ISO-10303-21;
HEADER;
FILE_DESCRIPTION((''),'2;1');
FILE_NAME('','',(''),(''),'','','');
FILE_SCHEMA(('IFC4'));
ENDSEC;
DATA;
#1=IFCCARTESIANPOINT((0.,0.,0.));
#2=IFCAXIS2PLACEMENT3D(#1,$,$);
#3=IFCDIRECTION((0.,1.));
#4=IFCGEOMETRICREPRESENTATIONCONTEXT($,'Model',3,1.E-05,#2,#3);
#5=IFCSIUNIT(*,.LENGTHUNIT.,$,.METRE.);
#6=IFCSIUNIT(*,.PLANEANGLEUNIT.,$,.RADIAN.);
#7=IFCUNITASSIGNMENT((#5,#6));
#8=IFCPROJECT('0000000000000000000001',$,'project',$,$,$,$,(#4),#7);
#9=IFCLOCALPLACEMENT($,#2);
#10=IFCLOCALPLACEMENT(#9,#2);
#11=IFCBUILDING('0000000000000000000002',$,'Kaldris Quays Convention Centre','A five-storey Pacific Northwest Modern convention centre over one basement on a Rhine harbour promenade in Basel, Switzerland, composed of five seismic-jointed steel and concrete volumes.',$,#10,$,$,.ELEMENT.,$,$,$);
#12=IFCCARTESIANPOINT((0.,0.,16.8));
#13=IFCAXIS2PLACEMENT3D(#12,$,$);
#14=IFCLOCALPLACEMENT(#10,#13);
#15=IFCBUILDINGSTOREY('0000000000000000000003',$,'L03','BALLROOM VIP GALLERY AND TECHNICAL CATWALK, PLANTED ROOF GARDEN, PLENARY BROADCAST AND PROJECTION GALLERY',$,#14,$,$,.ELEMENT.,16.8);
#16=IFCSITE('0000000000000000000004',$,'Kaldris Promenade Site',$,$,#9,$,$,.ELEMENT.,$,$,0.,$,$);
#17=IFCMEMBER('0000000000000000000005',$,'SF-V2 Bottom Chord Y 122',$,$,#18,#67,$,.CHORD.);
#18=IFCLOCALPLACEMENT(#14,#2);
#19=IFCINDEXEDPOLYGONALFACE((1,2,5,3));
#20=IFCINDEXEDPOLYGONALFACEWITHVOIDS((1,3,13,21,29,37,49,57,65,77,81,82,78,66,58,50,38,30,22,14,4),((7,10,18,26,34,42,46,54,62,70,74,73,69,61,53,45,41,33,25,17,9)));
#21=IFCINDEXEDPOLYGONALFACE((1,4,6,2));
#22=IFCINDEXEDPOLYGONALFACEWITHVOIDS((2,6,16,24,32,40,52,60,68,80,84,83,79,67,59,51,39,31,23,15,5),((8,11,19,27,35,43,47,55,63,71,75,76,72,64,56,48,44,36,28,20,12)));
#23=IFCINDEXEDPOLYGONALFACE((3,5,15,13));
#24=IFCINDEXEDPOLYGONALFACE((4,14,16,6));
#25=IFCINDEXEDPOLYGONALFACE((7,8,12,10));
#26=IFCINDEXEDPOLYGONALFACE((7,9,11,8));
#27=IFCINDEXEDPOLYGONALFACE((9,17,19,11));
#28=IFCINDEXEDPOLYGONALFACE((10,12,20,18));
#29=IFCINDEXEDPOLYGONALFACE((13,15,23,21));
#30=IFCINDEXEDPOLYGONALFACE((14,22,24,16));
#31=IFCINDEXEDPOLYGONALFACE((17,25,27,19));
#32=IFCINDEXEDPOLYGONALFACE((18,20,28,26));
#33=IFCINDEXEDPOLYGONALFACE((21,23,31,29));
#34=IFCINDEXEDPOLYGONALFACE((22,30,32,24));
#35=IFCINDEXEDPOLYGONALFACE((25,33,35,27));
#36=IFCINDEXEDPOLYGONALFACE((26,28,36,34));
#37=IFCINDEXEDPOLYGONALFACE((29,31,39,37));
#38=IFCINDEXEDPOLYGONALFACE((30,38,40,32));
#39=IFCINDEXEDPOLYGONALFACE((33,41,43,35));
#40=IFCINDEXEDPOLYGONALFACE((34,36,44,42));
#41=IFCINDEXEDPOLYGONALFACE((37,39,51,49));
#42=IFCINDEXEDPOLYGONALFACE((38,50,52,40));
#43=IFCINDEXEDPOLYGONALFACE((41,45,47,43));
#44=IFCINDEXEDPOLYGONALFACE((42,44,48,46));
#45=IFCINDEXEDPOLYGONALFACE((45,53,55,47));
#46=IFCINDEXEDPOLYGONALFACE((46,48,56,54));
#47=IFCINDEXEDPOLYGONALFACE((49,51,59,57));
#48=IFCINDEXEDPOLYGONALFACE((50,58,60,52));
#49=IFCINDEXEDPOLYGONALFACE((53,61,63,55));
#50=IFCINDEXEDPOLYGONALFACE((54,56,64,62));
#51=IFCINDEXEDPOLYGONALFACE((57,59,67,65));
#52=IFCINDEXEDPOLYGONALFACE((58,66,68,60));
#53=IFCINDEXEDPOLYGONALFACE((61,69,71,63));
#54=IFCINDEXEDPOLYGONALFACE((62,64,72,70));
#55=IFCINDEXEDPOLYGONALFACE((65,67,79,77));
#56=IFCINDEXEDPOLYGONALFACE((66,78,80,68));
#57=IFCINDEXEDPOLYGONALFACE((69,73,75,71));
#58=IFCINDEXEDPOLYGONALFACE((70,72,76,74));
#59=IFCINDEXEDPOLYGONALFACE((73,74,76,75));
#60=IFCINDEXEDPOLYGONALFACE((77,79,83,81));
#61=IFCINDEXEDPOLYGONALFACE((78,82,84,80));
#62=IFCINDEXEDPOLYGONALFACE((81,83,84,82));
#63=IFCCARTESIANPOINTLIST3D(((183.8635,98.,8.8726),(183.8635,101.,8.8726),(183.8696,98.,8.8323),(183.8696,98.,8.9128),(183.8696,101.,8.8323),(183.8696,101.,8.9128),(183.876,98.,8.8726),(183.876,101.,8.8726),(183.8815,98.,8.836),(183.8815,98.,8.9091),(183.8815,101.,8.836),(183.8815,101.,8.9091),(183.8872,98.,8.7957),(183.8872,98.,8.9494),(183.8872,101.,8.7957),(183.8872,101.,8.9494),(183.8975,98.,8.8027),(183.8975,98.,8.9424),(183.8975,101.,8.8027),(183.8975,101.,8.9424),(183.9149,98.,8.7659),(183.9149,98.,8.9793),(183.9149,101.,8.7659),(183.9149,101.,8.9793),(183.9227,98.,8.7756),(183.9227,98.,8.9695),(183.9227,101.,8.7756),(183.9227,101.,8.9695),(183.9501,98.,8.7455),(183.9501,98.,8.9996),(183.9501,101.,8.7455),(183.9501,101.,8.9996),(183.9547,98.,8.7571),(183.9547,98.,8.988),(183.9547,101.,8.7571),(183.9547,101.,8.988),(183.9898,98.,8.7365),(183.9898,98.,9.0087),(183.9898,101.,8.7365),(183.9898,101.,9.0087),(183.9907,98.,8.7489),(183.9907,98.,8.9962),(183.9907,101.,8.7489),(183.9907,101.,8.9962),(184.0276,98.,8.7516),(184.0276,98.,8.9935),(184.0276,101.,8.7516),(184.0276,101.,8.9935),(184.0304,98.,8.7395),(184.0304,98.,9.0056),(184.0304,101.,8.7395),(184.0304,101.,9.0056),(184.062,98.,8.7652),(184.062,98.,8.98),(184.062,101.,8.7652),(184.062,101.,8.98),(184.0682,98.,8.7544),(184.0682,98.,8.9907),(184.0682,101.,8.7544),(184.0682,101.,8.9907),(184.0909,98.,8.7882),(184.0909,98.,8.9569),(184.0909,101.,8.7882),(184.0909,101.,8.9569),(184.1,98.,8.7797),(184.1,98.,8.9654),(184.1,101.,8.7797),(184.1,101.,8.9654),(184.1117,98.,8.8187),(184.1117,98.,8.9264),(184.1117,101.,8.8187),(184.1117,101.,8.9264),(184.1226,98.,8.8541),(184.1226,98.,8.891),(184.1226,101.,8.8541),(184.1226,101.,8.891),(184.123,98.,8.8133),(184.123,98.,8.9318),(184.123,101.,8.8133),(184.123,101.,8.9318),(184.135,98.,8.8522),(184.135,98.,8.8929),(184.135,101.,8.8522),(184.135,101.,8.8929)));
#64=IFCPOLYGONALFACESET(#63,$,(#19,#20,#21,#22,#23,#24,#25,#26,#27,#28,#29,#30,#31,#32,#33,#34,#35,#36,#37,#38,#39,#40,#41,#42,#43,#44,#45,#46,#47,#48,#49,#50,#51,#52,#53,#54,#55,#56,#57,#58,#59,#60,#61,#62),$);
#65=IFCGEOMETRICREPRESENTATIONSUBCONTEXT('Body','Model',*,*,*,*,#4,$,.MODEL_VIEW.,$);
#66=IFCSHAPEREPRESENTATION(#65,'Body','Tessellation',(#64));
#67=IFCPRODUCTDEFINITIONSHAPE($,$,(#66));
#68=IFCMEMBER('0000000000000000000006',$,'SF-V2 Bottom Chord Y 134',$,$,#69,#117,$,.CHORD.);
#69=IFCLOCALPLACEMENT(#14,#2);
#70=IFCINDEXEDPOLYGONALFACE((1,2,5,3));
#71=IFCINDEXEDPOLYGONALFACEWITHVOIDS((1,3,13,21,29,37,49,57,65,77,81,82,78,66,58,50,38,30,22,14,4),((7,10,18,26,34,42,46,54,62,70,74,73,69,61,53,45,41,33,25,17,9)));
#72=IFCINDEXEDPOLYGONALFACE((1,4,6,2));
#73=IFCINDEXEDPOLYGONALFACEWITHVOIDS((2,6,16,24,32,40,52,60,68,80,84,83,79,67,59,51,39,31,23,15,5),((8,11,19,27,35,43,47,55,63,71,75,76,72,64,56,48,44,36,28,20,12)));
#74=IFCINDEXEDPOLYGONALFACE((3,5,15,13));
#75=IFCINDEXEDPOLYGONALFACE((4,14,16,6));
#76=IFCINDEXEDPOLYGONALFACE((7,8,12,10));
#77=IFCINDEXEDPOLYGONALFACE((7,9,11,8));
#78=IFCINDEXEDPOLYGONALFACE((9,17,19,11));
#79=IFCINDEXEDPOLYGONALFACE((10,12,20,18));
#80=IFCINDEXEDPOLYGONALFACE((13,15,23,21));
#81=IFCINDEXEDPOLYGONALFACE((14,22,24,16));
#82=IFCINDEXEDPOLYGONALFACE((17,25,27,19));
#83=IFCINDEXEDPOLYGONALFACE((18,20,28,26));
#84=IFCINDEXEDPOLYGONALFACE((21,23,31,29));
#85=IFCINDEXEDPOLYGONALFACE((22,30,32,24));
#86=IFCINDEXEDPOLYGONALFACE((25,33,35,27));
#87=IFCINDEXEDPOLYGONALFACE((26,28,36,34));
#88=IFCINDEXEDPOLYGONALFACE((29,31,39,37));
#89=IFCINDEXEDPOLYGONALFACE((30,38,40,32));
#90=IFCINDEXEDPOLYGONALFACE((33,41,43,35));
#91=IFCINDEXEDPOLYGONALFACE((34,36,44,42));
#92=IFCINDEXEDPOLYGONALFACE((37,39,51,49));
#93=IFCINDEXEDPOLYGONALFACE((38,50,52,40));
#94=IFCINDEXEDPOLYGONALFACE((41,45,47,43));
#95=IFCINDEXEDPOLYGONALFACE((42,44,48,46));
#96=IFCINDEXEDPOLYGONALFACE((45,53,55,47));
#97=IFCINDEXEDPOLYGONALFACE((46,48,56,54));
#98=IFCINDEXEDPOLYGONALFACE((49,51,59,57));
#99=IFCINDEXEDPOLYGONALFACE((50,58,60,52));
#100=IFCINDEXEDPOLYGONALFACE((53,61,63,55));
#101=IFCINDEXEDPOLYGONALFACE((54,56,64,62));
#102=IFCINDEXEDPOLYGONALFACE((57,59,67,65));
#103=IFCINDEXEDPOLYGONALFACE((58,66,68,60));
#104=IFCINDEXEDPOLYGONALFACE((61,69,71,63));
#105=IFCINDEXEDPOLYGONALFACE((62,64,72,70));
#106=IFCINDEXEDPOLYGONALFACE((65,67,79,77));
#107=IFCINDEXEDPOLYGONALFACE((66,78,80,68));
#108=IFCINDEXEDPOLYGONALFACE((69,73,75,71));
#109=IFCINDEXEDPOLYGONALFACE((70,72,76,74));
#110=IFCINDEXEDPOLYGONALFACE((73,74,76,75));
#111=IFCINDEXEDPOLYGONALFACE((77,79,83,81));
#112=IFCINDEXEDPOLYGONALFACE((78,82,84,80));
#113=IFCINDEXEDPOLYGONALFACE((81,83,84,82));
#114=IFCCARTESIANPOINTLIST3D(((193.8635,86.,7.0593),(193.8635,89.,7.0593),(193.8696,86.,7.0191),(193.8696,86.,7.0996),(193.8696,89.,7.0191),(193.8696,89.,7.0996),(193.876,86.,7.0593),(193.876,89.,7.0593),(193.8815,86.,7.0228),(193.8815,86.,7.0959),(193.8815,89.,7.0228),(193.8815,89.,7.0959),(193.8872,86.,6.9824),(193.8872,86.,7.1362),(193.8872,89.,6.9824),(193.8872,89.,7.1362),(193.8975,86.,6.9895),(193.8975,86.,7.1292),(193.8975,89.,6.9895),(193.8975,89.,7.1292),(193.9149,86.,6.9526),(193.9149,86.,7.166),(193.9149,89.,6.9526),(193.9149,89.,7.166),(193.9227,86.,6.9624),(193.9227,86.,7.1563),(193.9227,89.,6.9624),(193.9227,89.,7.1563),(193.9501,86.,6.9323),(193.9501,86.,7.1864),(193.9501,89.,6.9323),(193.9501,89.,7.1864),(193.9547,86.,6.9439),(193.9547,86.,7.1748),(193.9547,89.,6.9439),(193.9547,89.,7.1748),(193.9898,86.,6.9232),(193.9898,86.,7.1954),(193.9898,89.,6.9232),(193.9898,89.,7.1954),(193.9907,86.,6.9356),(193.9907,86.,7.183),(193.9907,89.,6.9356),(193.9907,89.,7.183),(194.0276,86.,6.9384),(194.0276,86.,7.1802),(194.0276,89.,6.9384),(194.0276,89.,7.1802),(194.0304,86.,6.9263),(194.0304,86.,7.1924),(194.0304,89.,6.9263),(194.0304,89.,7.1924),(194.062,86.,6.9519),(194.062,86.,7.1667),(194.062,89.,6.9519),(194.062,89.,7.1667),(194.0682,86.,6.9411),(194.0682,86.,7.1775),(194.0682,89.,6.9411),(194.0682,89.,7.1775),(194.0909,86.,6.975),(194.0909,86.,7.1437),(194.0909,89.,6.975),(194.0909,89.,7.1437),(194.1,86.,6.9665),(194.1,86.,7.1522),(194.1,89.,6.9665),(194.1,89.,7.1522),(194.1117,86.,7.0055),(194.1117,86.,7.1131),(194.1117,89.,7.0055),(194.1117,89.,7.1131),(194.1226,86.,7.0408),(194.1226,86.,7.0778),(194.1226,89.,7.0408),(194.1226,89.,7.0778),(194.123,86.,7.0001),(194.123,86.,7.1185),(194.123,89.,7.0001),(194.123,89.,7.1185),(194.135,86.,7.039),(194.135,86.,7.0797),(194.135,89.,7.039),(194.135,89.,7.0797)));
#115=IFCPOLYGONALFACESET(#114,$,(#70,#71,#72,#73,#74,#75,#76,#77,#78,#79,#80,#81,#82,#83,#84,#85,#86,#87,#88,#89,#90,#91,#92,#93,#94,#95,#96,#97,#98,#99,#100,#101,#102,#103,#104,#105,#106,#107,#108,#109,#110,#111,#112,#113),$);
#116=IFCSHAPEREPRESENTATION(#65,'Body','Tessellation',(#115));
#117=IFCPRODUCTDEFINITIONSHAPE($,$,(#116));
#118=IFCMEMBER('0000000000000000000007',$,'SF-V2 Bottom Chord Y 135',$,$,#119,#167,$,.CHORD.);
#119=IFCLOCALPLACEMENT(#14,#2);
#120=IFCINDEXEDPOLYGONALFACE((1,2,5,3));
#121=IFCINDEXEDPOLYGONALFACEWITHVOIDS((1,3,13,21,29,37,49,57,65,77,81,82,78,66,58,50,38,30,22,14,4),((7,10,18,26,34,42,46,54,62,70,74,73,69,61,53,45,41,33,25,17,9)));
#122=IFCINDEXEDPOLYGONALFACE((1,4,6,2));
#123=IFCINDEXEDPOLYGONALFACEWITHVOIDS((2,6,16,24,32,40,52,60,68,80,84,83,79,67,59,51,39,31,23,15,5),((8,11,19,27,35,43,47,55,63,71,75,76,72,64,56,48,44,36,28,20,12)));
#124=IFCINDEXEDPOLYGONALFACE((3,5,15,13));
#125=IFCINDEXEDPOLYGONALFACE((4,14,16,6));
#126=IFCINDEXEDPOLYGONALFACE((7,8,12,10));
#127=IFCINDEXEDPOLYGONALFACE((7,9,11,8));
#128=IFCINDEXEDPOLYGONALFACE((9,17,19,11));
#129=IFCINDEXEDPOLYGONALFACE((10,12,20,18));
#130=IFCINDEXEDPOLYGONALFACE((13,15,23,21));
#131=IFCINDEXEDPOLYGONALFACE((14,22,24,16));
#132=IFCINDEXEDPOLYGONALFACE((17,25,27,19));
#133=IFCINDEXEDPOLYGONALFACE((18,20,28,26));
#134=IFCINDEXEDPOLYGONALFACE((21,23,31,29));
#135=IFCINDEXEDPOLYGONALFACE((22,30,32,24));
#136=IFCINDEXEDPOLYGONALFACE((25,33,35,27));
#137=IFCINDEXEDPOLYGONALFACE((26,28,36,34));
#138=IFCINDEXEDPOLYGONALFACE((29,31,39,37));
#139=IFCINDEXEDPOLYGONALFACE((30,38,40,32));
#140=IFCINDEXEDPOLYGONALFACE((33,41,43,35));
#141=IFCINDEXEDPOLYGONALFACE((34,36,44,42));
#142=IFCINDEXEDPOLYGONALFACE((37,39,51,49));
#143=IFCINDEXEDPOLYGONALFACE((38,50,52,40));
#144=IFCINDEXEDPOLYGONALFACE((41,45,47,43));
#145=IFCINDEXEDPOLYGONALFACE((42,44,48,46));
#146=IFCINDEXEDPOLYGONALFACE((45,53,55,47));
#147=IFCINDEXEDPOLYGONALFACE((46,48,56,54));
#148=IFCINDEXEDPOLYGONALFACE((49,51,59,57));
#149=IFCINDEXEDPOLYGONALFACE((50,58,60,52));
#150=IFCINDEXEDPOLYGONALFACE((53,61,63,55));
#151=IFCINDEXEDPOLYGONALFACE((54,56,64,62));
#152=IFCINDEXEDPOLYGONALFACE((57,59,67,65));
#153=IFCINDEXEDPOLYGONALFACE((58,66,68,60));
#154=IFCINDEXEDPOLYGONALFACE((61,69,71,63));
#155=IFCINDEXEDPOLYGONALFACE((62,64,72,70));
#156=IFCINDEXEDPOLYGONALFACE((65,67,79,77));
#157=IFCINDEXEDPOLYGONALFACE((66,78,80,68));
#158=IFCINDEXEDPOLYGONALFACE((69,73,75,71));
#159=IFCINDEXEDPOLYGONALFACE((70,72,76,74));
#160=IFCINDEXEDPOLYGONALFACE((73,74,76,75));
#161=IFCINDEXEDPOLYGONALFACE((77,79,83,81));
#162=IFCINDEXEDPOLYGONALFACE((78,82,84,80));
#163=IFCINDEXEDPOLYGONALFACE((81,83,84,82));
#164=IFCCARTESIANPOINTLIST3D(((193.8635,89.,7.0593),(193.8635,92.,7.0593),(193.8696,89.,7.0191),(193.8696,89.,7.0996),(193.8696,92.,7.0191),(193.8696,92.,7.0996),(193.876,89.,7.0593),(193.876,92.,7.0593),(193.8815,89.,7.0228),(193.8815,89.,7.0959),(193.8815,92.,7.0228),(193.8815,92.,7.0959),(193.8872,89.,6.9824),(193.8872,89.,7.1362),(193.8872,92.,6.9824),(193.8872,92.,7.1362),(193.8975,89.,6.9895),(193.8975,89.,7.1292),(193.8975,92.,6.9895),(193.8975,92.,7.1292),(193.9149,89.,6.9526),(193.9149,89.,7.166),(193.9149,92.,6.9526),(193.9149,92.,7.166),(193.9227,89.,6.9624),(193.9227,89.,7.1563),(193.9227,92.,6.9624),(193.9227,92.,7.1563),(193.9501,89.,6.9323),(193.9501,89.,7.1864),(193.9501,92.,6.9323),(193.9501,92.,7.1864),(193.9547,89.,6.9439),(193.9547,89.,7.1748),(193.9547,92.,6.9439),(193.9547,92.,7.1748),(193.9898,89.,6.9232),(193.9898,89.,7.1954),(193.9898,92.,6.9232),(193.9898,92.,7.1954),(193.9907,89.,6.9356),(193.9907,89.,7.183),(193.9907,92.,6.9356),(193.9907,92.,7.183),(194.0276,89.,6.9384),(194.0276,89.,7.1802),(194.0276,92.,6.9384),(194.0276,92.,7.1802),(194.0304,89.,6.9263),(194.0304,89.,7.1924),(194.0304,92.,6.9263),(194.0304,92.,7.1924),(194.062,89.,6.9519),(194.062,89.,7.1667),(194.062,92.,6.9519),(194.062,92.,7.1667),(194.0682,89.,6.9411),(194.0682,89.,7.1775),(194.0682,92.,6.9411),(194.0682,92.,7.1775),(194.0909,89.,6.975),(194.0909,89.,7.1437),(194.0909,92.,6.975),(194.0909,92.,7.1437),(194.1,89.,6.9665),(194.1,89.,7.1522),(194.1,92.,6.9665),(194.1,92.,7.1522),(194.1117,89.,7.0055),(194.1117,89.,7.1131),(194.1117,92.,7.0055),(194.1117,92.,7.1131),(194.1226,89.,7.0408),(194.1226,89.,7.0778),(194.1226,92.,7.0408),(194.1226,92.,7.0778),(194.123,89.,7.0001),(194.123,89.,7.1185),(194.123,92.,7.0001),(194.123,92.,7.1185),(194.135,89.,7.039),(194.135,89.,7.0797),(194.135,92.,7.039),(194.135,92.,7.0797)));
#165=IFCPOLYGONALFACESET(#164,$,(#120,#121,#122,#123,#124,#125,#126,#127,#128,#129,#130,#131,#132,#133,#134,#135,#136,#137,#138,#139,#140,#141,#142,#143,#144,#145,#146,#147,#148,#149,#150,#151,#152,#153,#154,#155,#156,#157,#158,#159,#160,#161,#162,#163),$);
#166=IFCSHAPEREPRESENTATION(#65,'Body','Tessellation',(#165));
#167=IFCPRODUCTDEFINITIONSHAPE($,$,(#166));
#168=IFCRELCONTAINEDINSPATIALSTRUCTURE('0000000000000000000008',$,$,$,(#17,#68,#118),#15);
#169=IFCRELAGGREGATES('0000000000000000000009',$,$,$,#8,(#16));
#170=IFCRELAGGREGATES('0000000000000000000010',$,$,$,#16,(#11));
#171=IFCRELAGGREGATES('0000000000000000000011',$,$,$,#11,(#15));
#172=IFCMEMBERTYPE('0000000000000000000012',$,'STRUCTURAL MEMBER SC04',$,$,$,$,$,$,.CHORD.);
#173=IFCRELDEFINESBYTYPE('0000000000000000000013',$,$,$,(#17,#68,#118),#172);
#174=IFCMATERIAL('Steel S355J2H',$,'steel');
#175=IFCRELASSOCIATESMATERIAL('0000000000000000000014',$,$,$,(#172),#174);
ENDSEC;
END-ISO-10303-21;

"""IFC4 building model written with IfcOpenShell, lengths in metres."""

from ifc_helpers import new_model, si_unit, direction, frame, origin, origin_2d, place, context, subcontext, project, spatial, hollow_circle, extrude, material, material_profile, profile_set, type_object, element, save


model = new_model("IFC4")

# Units and contexts
model_context = context("Model", 3, precision=1e-05, world=origin(), true_north=direction((0.0, 1.0)))
body_context = subcontext(model_context, "Body", "Model", "MODEL_VIEW")
ifc_project = project(units=[si_unit("LENGTHUNIT", "METRE"), si_unit("PLANEANGLEUNIT", "RADIAN")], contexts=[model_context])

# Site, building, storey
site_placement = place(None, origin())
site = spatial("IfcSite", under=ifc_project, at=site_placement, Name="Kaldris Promenade Site", CompositionType="ELEMENT", RefElevation=0.0)
building_placement = place(site_placement, origin())
building = spatial("IfcBuilding", under=site, at=building_placement, Name="Kaldris Quays Convention Centre", Description="A five-storey Pacific Northwest Modern convention centre over one basement on a Rhine harbour promenade in Basel, Switzerland, composed of five seismic-jointed steel and concrete volumes.", CompositionType="ELEMENT")
storey_placement = place(building_placement, frame((0.0, 0.0, 16.8)))
storey = spatial("IfcBuildingStorey", under=building, at=storey_placement, Name="L03", Description="BALLROOM VIP GALLERY AND TECHNICAL CATWALK, PLANTED ROOF GARDEN, PLENARY BROADCAST AND PROJECTION GALLERY", CompositionType="ELEMENT", Elevation=16.8)

# Members
ifc_material_1 = material(Name="Steel S355J2H", Category="steel")
ifc_material_profile_1 = material_profile(ifc_material_1, hollow_circle(Radius=0.1365, WallThickness=0.0125, at=origin_2d()), Name="CHS 273x12.5")
ifc_profile_set_1 = profile_set([ifc_material_profile_1], Name="Steel S355J2H")
member_type_1 = type_object("IfcMemberType", Name="STRUCTURAL MEMBER SC04", PredefinedType="CHORD", material=ifc_profile_set_1)
for number, where, z_axis, x_axis, name in (
    (1, (184.0, 98.0, 8.8726), (0.0, 1.0, 0.0), (-1.0, 0.0, 0.0), "SF-V2 Bottom Chord Y 122"),
    (2, (194.0, 86.0, 7.0593), (0.0, 1.0, 0.0), (-1.0, 0.0, 0.0), "SF-V2 Bottom Chord Y 134"),
    (3, (194.0, 89.0, 7.0593), (0.0, 1.0, 0.0), (-1.0, 0.0, 0.0), "SF-V2 Bottom Chord Y 135"),
):
    element("IfcMember", number, at=place(storey_placement, frame(where, z_axis=z_axis, x_axis=x_axis)), inside=storey, type_object=member_type_1, Name=name, PredefinedType="CHORD", context=body_context, shape_type="SweptSolid", body=[
        extrude(hollow_circle(Radius=0.1365, WallThickness=0.0125, at=origin_2d()), origin(), (0.0, 0.0, 1.0), 3.0),
    ])

save(model, "model.ifc")
